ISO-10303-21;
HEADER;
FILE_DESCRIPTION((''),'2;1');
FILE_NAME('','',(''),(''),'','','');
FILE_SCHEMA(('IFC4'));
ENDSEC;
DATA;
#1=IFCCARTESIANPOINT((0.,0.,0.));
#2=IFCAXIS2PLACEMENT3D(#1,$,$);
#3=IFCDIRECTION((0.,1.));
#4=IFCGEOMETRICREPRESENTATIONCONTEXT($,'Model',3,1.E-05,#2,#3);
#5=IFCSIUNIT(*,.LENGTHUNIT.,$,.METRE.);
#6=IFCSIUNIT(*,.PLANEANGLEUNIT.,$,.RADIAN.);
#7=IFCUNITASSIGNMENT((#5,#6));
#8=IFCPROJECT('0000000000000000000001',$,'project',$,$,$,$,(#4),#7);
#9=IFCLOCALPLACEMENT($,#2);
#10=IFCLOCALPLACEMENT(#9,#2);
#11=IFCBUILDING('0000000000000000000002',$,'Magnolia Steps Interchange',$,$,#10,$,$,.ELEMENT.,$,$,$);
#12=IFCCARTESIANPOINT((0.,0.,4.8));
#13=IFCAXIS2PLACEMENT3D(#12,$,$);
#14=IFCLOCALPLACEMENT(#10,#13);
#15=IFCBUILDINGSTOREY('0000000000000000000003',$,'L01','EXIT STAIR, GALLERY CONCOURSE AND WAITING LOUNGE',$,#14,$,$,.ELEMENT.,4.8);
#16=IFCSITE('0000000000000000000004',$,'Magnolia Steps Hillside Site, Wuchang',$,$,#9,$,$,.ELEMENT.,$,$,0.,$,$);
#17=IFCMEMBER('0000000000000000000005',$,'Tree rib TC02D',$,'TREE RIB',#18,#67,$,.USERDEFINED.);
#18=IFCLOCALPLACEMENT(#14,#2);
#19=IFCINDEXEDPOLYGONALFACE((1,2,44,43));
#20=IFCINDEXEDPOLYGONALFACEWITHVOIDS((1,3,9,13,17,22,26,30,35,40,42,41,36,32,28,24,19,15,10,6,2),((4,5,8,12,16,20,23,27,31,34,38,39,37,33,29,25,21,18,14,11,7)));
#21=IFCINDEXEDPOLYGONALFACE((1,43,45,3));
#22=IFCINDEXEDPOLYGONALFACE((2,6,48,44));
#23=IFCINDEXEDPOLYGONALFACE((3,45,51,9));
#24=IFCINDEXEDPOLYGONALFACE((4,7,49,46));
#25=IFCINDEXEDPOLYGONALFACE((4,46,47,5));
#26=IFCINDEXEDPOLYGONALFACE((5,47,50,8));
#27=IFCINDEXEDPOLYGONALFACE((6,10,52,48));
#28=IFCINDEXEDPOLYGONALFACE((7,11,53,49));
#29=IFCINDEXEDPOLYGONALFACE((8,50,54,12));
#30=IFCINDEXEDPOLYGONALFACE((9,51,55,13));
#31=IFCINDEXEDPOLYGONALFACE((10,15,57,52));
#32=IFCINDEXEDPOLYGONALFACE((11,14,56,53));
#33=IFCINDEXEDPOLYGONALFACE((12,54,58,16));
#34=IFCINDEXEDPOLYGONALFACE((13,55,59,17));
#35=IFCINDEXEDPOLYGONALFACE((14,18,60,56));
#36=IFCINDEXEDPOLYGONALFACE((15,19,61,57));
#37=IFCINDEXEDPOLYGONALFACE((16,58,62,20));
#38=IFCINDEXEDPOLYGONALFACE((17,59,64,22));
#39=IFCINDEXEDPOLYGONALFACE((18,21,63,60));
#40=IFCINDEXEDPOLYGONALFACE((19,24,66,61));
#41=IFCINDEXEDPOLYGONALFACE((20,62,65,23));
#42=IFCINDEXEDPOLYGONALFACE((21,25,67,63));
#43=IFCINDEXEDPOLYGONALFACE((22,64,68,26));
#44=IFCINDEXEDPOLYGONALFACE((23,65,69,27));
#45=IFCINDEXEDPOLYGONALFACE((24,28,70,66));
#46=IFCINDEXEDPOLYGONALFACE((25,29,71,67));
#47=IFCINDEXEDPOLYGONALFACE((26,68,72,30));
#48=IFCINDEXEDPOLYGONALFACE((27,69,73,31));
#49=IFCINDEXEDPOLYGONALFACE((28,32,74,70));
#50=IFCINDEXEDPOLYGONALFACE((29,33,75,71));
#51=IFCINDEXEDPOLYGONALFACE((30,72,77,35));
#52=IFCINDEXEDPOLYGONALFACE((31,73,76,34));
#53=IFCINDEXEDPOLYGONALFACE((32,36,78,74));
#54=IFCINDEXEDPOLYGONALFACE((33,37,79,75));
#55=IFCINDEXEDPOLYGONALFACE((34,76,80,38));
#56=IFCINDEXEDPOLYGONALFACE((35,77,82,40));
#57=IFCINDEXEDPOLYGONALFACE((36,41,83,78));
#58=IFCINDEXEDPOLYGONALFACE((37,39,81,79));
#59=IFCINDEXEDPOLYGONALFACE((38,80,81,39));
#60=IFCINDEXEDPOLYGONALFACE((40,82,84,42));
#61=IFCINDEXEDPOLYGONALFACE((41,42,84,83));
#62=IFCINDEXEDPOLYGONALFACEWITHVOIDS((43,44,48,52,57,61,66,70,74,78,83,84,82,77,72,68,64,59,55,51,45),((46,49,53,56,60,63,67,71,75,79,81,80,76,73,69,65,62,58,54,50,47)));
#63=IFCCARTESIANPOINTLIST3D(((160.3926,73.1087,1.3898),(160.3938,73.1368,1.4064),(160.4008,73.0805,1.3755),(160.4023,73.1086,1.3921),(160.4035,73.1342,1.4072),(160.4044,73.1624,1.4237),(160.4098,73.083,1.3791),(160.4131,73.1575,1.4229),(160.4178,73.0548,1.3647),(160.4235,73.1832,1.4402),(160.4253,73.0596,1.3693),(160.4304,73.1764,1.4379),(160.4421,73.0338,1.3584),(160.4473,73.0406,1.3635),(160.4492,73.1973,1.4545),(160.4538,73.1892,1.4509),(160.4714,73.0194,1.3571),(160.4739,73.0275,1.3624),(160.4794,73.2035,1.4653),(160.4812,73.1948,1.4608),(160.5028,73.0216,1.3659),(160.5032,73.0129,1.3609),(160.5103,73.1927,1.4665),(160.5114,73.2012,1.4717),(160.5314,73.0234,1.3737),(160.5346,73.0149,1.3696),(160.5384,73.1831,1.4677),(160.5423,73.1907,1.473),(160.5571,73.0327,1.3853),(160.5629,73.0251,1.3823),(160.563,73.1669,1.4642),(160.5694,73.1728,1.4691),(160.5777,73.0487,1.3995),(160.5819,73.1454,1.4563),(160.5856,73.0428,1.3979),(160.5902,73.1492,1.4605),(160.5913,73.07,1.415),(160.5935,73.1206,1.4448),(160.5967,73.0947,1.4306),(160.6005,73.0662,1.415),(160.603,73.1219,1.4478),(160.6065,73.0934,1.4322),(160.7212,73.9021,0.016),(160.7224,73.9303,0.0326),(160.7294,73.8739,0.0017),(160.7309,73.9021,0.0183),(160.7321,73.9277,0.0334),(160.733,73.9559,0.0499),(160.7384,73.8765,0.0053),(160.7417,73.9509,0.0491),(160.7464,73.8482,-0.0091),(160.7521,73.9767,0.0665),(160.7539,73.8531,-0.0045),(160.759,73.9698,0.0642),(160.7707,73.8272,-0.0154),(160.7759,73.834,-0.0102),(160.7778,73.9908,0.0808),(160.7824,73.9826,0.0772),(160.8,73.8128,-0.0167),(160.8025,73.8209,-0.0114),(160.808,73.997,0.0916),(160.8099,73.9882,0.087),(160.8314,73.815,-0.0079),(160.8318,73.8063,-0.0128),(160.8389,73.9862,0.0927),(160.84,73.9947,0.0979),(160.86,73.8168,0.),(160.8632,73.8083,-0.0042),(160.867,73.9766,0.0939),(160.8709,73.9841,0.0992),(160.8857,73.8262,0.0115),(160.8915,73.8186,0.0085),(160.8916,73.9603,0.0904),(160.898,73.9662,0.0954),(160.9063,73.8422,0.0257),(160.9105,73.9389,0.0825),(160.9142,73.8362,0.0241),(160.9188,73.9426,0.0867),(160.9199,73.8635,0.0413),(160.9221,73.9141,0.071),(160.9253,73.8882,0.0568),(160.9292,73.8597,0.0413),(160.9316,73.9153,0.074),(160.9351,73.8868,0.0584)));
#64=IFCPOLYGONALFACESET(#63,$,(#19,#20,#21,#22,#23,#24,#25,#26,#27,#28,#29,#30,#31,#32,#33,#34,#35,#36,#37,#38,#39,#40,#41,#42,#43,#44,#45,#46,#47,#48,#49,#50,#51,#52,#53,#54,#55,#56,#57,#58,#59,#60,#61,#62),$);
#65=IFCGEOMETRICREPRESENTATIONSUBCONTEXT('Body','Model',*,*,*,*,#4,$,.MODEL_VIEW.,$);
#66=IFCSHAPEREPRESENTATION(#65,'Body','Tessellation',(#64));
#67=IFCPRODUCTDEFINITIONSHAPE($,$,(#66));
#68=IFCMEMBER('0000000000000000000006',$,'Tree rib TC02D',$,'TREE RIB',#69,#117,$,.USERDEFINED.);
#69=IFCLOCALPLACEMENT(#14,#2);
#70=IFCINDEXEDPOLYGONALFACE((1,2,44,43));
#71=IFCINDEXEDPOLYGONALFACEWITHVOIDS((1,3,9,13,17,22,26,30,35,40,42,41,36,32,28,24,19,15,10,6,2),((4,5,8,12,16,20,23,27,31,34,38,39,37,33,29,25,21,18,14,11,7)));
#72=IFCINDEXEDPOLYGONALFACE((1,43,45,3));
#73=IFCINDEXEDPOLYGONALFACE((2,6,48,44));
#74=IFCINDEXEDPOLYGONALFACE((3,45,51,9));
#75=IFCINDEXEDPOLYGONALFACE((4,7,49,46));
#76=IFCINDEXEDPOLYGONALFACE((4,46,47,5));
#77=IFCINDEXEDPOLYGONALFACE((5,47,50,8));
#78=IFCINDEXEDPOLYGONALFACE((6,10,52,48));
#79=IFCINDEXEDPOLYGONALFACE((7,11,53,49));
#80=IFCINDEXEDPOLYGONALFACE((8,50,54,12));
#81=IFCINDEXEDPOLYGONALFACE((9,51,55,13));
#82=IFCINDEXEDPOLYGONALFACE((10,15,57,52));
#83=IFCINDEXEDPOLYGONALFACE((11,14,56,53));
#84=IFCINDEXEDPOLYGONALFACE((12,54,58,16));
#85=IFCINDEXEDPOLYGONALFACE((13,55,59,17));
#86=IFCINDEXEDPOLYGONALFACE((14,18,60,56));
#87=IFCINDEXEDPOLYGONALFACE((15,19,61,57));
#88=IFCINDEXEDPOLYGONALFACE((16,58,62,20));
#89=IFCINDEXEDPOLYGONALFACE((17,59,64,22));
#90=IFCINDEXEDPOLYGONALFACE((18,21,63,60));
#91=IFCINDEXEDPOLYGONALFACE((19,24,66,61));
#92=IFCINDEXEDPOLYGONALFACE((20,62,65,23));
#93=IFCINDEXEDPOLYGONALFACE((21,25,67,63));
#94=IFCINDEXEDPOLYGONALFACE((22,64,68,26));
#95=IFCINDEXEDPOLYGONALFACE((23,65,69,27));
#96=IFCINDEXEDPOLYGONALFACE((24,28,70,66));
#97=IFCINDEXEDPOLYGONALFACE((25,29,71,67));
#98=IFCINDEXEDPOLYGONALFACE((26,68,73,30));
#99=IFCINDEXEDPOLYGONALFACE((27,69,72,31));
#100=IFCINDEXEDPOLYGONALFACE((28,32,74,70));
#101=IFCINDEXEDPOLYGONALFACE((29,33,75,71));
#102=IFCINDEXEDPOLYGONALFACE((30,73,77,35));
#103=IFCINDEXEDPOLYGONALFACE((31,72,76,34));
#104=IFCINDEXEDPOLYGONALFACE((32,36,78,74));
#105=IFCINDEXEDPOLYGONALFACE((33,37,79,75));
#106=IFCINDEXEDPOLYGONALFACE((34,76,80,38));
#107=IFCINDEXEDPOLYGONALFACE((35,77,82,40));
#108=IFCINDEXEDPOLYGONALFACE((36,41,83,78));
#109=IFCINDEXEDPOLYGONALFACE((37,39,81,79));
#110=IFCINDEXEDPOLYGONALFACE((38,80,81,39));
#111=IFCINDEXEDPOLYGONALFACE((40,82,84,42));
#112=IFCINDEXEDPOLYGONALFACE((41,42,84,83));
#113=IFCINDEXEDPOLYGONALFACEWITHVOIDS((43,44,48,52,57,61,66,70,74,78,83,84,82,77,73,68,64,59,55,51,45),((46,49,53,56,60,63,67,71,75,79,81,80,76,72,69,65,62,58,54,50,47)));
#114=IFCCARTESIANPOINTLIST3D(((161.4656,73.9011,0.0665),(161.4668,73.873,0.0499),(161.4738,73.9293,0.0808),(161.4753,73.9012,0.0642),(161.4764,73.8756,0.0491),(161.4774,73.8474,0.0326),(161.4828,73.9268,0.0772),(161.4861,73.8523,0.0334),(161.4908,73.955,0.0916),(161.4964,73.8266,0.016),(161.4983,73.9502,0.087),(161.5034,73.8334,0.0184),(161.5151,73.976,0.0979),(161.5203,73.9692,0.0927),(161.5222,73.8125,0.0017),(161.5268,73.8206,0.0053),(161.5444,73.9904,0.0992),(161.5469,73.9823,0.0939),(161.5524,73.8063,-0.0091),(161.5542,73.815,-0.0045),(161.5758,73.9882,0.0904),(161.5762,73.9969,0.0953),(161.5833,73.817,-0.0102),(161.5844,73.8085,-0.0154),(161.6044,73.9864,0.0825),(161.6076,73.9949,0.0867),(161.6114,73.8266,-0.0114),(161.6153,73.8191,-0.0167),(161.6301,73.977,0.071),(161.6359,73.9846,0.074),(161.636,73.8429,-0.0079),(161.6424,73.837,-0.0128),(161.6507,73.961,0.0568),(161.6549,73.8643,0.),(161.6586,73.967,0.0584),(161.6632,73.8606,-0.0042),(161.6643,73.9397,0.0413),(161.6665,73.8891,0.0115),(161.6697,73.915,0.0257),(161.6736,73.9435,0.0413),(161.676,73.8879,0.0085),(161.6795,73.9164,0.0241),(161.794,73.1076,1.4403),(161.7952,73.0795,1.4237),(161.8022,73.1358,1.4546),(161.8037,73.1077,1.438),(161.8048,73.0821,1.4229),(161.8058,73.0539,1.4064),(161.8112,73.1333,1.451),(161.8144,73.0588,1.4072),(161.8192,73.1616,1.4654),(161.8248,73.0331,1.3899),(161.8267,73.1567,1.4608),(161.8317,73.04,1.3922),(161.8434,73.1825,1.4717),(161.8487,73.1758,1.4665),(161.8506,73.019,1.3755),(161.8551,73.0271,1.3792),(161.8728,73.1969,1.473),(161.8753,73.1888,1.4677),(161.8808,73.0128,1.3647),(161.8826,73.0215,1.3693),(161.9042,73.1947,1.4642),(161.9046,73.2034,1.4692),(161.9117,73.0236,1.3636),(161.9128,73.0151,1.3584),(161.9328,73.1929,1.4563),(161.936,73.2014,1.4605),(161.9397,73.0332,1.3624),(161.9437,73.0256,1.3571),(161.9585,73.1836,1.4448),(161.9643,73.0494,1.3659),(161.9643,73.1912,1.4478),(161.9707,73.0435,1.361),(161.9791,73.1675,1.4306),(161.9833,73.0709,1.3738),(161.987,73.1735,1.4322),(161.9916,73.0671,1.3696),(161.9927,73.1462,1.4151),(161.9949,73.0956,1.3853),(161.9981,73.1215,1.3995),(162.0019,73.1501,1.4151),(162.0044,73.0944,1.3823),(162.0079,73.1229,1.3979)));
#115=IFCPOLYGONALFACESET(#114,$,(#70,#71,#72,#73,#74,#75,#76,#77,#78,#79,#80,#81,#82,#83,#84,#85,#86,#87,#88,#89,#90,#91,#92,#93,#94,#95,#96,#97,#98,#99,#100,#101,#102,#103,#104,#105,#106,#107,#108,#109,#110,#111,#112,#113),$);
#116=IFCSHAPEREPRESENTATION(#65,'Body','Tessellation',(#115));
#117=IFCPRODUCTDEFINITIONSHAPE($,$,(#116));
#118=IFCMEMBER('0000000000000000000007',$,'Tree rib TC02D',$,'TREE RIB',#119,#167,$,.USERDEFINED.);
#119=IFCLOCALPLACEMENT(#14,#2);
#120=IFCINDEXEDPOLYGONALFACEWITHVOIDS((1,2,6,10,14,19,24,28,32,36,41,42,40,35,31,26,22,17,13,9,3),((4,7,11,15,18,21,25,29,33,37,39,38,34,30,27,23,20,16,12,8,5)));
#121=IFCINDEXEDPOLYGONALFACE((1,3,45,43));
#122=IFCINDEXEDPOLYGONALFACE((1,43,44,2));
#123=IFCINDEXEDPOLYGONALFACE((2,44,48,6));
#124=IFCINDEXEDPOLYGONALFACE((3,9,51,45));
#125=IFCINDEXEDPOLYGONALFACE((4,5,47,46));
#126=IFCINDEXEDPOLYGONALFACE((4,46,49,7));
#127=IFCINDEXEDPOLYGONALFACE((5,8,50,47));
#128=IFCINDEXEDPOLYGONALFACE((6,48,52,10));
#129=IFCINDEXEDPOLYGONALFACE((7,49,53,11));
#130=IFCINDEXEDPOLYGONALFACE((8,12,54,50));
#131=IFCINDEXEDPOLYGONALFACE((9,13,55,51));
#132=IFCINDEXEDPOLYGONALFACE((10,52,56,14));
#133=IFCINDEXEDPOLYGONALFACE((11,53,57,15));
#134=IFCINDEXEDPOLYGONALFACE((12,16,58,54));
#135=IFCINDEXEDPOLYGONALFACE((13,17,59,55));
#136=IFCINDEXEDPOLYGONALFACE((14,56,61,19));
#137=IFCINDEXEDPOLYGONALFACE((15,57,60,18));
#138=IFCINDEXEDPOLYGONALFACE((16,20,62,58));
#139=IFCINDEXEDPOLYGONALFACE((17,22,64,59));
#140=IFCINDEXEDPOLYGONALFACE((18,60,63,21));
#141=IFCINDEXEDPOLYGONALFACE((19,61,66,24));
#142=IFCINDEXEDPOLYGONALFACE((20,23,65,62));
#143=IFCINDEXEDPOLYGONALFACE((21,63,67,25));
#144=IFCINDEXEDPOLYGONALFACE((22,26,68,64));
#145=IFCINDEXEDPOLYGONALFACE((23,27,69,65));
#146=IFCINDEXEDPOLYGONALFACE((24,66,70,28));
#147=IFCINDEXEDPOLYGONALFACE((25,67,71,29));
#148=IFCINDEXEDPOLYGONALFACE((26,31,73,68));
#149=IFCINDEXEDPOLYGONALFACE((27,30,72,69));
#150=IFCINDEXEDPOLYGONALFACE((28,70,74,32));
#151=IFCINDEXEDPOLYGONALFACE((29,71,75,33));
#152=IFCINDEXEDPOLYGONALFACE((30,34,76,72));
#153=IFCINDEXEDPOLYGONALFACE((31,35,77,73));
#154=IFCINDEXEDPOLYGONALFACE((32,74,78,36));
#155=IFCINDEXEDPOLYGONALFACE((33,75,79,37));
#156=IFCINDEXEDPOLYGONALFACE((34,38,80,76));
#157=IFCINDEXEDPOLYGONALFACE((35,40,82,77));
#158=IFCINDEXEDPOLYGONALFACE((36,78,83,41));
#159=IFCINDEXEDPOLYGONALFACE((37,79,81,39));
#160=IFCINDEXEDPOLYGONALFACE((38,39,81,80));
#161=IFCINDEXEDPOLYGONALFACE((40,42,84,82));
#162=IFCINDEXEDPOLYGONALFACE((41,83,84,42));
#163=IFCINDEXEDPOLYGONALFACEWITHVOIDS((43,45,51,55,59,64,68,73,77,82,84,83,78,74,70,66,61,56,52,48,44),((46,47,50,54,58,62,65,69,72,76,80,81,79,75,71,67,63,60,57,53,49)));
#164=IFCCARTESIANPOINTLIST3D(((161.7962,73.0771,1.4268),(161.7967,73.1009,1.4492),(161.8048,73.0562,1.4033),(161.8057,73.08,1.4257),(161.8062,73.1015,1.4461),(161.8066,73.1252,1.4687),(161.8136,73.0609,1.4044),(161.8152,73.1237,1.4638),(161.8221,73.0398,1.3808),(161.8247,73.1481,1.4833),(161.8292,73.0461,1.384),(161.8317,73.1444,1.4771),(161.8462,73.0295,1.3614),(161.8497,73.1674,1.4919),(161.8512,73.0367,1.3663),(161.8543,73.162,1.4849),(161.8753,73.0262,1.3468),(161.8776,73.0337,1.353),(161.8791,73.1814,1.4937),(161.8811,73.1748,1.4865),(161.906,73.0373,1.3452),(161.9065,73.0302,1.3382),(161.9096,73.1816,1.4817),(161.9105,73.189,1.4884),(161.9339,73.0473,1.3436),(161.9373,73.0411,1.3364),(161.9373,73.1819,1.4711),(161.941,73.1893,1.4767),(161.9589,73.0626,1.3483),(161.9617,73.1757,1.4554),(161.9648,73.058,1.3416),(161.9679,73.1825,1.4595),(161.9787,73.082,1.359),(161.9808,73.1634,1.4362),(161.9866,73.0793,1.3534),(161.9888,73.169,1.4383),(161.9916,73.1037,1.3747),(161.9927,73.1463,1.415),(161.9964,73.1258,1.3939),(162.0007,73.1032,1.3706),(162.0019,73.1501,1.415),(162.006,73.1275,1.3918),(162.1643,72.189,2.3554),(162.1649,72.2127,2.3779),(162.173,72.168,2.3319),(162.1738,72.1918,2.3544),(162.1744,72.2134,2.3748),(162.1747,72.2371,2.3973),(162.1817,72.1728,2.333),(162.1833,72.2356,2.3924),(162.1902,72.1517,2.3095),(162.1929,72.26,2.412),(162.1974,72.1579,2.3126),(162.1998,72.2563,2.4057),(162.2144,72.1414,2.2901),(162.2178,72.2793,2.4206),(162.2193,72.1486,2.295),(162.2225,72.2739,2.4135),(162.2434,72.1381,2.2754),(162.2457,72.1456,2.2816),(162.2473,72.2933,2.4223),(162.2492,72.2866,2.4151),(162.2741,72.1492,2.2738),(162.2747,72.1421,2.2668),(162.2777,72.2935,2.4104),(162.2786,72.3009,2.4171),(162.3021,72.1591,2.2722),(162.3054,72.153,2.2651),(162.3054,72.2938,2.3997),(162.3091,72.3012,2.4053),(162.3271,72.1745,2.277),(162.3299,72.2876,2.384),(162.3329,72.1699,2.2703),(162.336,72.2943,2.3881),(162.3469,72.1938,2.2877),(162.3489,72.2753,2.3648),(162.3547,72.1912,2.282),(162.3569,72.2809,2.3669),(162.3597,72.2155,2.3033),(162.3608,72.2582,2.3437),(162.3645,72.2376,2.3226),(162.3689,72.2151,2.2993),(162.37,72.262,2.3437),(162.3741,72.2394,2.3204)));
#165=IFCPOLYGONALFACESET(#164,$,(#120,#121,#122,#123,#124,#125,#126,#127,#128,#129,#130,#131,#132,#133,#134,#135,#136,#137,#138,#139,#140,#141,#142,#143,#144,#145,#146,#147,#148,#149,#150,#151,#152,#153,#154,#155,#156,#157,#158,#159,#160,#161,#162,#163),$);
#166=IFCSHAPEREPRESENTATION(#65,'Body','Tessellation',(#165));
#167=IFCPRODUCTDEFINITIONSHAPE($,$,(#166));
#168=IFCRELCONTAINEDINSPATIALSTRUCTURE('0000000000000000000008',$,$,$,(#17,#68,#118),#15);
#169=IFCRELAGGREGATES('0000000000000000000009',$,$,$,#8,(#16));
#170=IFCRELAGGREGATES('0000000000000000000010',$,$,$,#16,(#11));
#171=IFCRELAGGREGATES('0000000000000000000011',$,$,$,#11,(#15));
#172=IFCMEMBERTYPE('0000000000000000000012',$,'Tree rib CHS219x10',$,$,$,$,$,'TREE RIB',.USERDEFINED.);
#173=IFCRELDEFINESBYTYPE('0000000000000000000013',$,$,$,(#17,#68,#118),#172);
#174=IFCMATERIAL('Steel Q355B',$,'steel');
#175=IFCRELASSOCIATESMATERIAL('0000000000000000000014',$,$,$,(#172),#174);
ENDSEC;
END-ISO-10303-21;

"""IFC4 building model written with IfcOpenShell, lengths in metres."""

from ifc_helpers import new_model, si_unit, direction, frame, origin, origin_2d, place, context, subcontext, project, spatial, hollow_circle, extrude, material, material_profile, profile_set, type_object, element, save


model = new_model("IFC4")

# Units and contexts
model_context = context("Model", 3, precision=1e-05, world=origin(), true_north=direction((0.0, 1.0)))
body_context = subcontext(model_context, "Body", "Model", "MODEL_VIEW")
ifc_project = project(units=[si_unit("LENGTHUNIT", "METRE"), si_unit("PLANEANGLEUNIT", "RADIAN")], contexts=[model_context])

# Site, building, storey
site_placement = place(None, origin())
site = spatial("IfcSite", under=ifc_project, at=site_placement, Name="Magnolia Steps Hillside Site, Wuchang", CompositionType="ELEMENT", RefElevation=0.0)
building_placement = place(site_placement, origin())
building = spatial("IfcBuilding", under=site, at=building_placement, Name="Magnolia Steps Interchange", CompositionType="ELEMENT")
storey_placement = place(building_placement, frame((0.0, 0.0, 4.8)))
storey = spatial("IfcBuildingStorey", under=building, at=storey_placement, Name="L01", Description="EXIT STAIR, GALLERY CONCOURSE AND WAITING LOUNGE", CompositionType="ELEMENT", Elevation=4.8)

# Members
ifc_material_1 = material(Name="Steel Q355B", Category="steel")
ifc_material_profile_1 = material_profile(ifc_material_1, hollow_circle(Radius=0.1096, WallThickness=0.01, at=origin_2d()), Name="CHS219x10")
ifc_profile_set_1 = profile_set([ifc_material_profile_1], Name="Steel Q355B")
member_type = type_object("IfcMemberType", Name="Tree rib CHS219x10", ElementType="TREE RIB", PredefinedType="USERDEFINED", material=ifc_profile_set_1)
for number, where, z_axis, x_axis, name in (
    (1, (160.8279, 73.9016, 0.0413), (-0.202831, -0.489748, 0.847942), (0.923899, -0.382636, 0.0), "Tree rib TC02D"),
    (2, (161.5723, 73.9016, 0.0413), (0.202687, -0.489763, 0.847968), (0.924, 0.382394, 0.0), "Tree rib TC02D"),
):
    element("IfcMember", number, at=place(storey_placement, frame(where, z_axis=z_axis, x_axis=x_axis)), inside=storey, type_object=member_type, Name=name, ObjectType="TREE RIB", PredefinedType="USERDEFINED", context=body_context, shape_type="SweptSolid", body=[
        extrude(hollow_circle(Radius=0.1096, WallThickness=0.01, at=origin_2d()), origin(), (0.0, 0.0, 1.0), 1.6201),
    ])
member_1_placement = place(storey_placement, frame((161.9006, 73.1082, 1.415), z_axis=(0.275416, -0.664432, 0.694749), x_axis=(0.923782, 0.38292, 0.0)))
element("IfcMember", 3, at=member_1_placement, inside=storey, type_object=member_type, Name="Tree rib TC02D", ObjectType="TREE RIB", PredefinedType="USERDEFINED", context=body_context, shape_type="SweptSolid", body=[
    extrude(hollow_circle(Radius=0.1096, WallThickness=0.01, at=origin_2d()), origin(), (0.0, 0.0, 1.0), 1.3367),
])

save(model, "model.ifc")
